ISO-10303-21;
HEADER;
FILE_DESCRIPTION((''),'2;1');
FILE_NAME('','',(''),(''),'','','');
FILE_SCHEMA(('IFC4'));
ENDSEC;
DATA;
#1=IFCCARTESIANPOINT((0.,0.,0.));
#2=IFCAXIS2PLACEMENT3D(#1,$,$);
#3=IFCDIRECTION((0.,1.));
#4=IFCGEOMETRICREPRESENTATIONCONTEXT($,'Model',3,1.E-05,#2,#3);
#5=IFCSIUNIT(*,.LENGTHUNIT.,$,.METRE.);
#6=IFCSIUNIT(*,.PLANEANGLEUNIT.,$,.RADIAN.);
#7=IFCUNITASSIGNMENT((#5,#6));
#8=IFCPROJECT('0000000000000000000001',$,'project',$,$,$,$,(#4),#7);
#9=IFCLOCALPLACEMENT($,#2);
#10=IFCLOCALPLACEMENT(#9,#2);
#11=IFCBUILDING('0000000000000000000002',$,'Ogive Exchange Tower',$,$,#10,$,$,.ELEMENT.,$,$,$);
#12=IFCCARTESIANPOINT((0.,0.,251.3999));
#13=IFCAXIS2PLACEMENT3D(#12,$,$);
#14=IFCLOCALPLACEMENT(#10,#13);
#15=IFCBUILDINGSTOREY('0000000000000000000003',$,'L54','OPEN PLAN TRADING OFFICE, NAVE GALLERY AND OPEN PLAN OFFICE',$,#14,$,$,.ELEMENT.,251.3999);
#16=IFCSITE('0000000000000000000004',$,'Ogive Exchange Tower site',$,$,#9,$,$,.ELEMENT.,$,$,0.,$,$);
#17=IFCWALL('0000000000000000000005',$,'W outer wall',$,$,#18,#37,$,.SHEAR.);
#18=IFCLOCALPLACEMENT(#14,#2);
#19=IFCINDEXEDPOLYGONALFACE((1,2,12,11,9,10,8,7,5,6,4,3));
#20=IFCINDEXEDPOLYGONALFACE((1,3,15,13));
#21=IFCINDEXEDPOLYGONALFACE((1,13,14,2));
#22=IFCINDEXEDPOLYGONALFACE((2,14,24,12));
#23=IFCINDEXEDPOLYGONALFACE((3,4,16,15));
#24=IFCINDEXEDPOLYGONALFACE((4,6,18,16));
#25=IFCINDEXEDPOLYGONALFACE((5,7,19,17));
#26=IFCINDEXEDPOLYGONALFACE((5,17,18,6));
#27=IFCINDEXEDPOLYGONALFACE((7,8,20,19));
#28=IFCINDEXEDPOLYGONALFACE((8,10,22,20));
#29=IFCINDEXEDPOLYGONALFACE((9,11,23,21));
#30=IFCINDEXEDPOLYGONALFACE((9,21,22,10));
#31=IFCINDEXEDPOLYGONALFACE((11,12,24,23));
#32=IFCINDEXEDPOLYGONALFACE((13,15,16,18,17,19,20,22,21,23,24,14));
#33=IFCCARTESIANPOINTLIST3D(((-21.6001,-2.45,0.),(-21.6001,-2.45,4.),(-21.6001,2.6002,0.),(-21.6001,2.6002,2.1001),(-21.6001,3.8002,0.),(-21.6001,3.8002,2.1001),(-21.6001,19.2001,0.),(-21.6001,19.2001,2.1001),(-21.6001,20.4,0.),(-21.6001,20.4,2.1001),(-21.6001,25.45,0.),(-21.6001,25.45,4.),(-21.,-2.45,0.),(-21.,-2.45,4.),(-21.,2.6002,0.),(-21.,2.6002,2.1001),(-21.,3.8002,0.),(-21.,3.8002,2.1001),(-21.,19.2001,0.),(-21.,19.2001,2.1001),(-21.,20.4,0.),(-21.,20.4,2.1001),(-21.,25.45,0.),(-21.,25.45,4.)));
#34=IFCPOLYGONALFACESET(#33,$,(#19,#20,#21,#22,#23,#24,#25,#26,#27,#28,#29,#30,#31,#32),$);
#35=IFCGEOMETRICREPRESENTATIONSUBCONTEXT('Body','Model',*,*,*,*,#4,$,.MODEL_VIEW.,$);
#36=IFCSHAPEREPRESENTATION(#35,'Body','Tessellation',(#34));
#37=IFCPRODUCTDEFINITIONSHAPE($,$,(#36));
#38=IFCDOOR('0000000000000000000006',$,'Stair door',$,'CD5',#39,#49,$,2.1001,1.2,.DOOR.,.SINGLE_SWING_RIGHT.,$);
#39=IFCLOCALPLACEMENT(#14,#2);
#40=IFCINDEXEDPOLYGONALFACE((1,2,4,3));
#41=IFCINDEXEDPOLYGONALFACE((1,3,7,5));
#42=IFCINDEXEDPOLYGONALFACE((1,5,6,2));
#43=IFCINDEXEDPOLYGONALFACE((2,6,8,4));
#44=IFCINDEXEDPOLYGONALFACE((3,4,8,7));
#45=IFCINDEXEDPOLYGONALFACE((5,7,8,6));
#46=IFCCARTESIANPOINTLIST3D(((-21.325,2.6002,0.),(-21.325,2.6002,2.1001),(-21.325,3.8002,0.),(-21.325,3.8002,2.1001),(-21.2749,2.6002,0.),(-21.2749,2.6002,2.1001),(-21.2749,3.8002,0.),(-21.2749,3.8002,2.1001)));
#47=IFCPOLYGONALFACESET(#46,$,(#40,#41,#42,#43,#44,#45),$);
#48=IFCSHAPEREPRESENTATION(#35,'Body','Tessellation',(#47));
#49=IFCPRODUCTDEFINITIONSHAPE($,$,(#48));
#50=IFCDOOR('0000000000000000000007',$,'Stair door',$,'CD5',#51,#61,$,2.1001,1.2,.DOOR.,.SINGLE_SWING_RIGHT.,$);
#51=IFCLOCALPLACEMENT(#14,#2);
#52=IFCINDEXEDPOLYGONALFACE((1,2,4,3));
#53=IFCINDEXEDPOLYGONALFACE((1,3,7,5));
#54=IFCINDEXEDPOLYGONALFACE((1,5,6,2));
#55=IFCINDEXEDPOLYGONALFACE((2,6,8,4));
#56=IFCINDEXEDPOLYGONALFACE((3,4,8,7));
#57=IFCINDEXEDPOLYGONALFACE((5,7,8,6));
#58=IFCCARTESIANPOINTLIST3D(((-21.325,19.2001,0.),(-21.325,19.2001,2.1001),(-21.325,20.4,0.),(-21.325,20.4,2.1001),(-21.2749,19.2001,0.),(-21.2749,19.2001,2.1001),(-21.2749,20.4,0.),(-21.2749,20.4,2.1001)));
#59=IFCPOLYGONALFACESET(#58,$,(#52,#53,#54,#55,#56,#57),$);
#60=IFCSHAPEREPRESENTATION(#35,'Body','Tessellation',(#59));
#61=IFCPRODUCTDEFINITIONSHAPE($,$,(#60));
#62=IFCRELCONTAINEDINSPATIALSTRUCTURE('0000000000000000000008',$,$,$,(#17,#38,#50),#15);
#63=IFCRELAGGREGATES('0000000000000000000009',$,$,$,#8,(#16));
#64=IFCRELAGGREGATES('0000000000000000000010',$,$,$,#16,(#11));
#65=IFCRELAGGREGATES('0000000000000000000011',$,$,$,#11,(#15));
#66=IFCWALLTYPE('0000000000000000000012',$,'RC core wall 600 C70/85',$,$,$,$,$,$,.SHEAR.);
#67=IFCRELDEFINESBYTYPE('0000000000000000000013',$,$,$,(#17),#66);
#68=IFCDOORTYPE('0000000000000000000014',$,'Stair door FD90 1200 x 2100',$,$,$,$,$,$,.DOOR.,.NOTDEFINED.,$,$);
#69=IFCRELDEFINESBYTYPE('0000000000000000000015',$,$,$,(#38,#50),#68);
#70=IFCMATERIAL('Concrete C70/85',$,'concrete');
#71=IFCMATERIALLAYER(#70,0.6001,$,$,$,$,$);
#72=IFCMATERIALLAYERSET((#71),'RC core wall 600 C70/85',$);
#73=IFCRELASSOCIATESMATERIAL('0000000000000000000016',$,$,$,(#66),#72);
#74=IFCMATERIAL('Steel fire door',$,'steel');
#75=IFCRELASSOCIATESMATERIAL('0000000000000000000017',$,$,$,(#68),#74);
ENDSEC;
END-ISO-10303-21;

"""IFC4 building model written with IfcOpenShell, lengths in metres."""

from ifc_helpers import new_model, si_unit, direction, frame, frame_2d, origin, place, context, subcontext, project, spatial, rectangle, extrude, material, layer, layer_set, type_object, element, fill, save


model = new_model("IFC4")

# Units and contexts
model_context = context("Model", 3, precision=1e-05, world=origin(), true_north=direction((0.0, 1.0)))
body_context = subcontext(model_context, "Body", "Model", "MODEL_VIEW")
ifc_project = project(units=[si_unit("LENGTHUNIT", "METRE"), si_unit("PLANEANGLEUNIT", "RADIAN")], contexts=[model_context])

# Site, building, storey
site_placement = place(None, origin())
site = spatial("IfcSite", under=ifc_project, at=site_placement, Name="Ogive Exchange Tower site", CompositionType="ELEMENT", RefElevation=0.0)
building_placement = place(site_placement, origin())
building = spatial("IfcBuilding", under=site, at=building_placement, Name="Ogive Exchange Tower", CompositionType="ELEMENT")
storey_placement = place(building_placement, frame((0.0, 0.0, 251.3999)))
storey = spatial("IfcBuildingStorey", under=building, at=storey_placement, Name="L54", Description="OPEN PLAN TRADING OFFICE, NAVE GALLERY AND OPEN PLAN OFFICE", CompositionType="ELEMENT", Elevation=251.3999)

# Shared definitions
ifc_material_1 = material(Name="Concrete C70/85", Category="concrete")

# Wall, openings, doors
ifc_layer_1 = layer(ifc_material_1, 0.6001)
ifc_layer_set_1 = layer_set([ifc_layer_1], Name="RC core wall 600 C70/85")
wall_type_1 = type_object("IfcWallType", Name="RC core wall 600 C70/85", PredefinedType="SHEAR", material=ifc_layer_set_1)
wall_1_placement = place(storey_placement, frame((-21.3, -2.45, 0.0), z_axis=(0.0, 0.0, 1.0), x_axis=(0.0, 1.0, 0.0)))
wall_1 = element("IfcWall", 1, at=wall_1_placement, inside=storey, type_object=wall_type_1, Name="W outer wall", PredefinedType="SHEAR", context=body_context, shape_type="SweptSolid", body=[
    extrude(rectangle(XDim=27.8999, YDim=0.6001, at=frame_2d((13.95, 0.0))), origin(), (0.0, 0.0, 1.0), 4.0),
])
opening_1_placement = place(wall_1_placement, frame((5.05, 0.0, 0.0)))
opening_1 = element("IfcOpeningElement", 2, at=opening_1_placement, cuts=wall_1, PredefinedType="OPENING", context=body_context, shape_type="SweptSolid", body=[
    extrude(rectangle(XDim=1.2, YDim=2.1001, at=frame_2d((0.6001, 1.05))), frame((0.0, 0.3101, 0.0), z_axis=(0.0, -1.0, 0.0), x_axis=(1.0, 0.0, 0.0)), (0.0, 0.0, 1.0), 0.6201),
])
opening_2_placement = place(wall_1_placement, frame((21.6499, 0.0, 0.0)))
opening_2 = element("IfcOpeningElement", 3, at=opening_2_placement, cuts=wall_1, PredefinedType="OPENING", context=body_context, shape_type="SweptSolid", body=[
    extrude(rectangle(XDim=1.2, YDim=2.1001, at=frame_2d((0.6001, 1.05))), frame((0.0, 0.3101, 0.0), z_axis=(0.0, -1.0, 0.0), x_axis=(1.0, 0.0, 0.0)), (0.0, 0.0, 1.0), 0.6201),
])
ifc_material_2 = material(Name="Steel fire door", Category="steel")
door_type_1 = type_object("IfcDoorType", Name="Stair door FD90 1200 x 2100", OperationType="NOTDEFINED", PredefinedType="DOOR", material=ifc_material_2)
door_1_placement = place(opening_1_placement, origin())
door_1 = element("IfcDoor", 4, at=door_1_placement, inside=storey, type_object=door_type_1, Name="Stair door", ObjectType="CD5", OperationType="SINGLE_SWING_RIGHT", OverallHeight=2.1001, OverallWidth=1.2, PredefinedType="DOOR", context=body_context, shape_type="SweptSolid", body=[
    extrude(rectangle(XDim=1.2, YDim=2.1001, at=frame_2d((0.6001, 1.05))), frame((0.0, 0.0249, 0.0), z_axis=(0.0, -1.0, 0.0), x_axis=(1.0, 0.0, 0.0)), (0.0, 0.0, 1.0), 0.05),
])
fill(opening_1, door_1)
door_2_placement = place(opening_2_placement, origin())
door_2 = element("IfcDoor", 5, at=door_2_placement, inside=storey, type_object=door_type_1, Name="Stair door", ObjectType="CD5", OperationType="SINGLE_SWING_RIGHT", OverallHeight=2.1001, OverallWidth=1.2, PredefinedType="DOOR", context=body_context, shape_type="SweptSolid", body=[
    extrude(rectangle(XDim=1.2, YDim=2.1001, at=frame_2d((0.6001, 1.05))), frame((0.0, 0.0249, 0.0), z_axis=(0.0, -1.0, 0.0), x_axis=(1.0, 0.0, 0.0)), (0.0, 0.0, 1.0), 0.05),
])
fill(opening_2, door_2)

save(model, "model.ifc")
